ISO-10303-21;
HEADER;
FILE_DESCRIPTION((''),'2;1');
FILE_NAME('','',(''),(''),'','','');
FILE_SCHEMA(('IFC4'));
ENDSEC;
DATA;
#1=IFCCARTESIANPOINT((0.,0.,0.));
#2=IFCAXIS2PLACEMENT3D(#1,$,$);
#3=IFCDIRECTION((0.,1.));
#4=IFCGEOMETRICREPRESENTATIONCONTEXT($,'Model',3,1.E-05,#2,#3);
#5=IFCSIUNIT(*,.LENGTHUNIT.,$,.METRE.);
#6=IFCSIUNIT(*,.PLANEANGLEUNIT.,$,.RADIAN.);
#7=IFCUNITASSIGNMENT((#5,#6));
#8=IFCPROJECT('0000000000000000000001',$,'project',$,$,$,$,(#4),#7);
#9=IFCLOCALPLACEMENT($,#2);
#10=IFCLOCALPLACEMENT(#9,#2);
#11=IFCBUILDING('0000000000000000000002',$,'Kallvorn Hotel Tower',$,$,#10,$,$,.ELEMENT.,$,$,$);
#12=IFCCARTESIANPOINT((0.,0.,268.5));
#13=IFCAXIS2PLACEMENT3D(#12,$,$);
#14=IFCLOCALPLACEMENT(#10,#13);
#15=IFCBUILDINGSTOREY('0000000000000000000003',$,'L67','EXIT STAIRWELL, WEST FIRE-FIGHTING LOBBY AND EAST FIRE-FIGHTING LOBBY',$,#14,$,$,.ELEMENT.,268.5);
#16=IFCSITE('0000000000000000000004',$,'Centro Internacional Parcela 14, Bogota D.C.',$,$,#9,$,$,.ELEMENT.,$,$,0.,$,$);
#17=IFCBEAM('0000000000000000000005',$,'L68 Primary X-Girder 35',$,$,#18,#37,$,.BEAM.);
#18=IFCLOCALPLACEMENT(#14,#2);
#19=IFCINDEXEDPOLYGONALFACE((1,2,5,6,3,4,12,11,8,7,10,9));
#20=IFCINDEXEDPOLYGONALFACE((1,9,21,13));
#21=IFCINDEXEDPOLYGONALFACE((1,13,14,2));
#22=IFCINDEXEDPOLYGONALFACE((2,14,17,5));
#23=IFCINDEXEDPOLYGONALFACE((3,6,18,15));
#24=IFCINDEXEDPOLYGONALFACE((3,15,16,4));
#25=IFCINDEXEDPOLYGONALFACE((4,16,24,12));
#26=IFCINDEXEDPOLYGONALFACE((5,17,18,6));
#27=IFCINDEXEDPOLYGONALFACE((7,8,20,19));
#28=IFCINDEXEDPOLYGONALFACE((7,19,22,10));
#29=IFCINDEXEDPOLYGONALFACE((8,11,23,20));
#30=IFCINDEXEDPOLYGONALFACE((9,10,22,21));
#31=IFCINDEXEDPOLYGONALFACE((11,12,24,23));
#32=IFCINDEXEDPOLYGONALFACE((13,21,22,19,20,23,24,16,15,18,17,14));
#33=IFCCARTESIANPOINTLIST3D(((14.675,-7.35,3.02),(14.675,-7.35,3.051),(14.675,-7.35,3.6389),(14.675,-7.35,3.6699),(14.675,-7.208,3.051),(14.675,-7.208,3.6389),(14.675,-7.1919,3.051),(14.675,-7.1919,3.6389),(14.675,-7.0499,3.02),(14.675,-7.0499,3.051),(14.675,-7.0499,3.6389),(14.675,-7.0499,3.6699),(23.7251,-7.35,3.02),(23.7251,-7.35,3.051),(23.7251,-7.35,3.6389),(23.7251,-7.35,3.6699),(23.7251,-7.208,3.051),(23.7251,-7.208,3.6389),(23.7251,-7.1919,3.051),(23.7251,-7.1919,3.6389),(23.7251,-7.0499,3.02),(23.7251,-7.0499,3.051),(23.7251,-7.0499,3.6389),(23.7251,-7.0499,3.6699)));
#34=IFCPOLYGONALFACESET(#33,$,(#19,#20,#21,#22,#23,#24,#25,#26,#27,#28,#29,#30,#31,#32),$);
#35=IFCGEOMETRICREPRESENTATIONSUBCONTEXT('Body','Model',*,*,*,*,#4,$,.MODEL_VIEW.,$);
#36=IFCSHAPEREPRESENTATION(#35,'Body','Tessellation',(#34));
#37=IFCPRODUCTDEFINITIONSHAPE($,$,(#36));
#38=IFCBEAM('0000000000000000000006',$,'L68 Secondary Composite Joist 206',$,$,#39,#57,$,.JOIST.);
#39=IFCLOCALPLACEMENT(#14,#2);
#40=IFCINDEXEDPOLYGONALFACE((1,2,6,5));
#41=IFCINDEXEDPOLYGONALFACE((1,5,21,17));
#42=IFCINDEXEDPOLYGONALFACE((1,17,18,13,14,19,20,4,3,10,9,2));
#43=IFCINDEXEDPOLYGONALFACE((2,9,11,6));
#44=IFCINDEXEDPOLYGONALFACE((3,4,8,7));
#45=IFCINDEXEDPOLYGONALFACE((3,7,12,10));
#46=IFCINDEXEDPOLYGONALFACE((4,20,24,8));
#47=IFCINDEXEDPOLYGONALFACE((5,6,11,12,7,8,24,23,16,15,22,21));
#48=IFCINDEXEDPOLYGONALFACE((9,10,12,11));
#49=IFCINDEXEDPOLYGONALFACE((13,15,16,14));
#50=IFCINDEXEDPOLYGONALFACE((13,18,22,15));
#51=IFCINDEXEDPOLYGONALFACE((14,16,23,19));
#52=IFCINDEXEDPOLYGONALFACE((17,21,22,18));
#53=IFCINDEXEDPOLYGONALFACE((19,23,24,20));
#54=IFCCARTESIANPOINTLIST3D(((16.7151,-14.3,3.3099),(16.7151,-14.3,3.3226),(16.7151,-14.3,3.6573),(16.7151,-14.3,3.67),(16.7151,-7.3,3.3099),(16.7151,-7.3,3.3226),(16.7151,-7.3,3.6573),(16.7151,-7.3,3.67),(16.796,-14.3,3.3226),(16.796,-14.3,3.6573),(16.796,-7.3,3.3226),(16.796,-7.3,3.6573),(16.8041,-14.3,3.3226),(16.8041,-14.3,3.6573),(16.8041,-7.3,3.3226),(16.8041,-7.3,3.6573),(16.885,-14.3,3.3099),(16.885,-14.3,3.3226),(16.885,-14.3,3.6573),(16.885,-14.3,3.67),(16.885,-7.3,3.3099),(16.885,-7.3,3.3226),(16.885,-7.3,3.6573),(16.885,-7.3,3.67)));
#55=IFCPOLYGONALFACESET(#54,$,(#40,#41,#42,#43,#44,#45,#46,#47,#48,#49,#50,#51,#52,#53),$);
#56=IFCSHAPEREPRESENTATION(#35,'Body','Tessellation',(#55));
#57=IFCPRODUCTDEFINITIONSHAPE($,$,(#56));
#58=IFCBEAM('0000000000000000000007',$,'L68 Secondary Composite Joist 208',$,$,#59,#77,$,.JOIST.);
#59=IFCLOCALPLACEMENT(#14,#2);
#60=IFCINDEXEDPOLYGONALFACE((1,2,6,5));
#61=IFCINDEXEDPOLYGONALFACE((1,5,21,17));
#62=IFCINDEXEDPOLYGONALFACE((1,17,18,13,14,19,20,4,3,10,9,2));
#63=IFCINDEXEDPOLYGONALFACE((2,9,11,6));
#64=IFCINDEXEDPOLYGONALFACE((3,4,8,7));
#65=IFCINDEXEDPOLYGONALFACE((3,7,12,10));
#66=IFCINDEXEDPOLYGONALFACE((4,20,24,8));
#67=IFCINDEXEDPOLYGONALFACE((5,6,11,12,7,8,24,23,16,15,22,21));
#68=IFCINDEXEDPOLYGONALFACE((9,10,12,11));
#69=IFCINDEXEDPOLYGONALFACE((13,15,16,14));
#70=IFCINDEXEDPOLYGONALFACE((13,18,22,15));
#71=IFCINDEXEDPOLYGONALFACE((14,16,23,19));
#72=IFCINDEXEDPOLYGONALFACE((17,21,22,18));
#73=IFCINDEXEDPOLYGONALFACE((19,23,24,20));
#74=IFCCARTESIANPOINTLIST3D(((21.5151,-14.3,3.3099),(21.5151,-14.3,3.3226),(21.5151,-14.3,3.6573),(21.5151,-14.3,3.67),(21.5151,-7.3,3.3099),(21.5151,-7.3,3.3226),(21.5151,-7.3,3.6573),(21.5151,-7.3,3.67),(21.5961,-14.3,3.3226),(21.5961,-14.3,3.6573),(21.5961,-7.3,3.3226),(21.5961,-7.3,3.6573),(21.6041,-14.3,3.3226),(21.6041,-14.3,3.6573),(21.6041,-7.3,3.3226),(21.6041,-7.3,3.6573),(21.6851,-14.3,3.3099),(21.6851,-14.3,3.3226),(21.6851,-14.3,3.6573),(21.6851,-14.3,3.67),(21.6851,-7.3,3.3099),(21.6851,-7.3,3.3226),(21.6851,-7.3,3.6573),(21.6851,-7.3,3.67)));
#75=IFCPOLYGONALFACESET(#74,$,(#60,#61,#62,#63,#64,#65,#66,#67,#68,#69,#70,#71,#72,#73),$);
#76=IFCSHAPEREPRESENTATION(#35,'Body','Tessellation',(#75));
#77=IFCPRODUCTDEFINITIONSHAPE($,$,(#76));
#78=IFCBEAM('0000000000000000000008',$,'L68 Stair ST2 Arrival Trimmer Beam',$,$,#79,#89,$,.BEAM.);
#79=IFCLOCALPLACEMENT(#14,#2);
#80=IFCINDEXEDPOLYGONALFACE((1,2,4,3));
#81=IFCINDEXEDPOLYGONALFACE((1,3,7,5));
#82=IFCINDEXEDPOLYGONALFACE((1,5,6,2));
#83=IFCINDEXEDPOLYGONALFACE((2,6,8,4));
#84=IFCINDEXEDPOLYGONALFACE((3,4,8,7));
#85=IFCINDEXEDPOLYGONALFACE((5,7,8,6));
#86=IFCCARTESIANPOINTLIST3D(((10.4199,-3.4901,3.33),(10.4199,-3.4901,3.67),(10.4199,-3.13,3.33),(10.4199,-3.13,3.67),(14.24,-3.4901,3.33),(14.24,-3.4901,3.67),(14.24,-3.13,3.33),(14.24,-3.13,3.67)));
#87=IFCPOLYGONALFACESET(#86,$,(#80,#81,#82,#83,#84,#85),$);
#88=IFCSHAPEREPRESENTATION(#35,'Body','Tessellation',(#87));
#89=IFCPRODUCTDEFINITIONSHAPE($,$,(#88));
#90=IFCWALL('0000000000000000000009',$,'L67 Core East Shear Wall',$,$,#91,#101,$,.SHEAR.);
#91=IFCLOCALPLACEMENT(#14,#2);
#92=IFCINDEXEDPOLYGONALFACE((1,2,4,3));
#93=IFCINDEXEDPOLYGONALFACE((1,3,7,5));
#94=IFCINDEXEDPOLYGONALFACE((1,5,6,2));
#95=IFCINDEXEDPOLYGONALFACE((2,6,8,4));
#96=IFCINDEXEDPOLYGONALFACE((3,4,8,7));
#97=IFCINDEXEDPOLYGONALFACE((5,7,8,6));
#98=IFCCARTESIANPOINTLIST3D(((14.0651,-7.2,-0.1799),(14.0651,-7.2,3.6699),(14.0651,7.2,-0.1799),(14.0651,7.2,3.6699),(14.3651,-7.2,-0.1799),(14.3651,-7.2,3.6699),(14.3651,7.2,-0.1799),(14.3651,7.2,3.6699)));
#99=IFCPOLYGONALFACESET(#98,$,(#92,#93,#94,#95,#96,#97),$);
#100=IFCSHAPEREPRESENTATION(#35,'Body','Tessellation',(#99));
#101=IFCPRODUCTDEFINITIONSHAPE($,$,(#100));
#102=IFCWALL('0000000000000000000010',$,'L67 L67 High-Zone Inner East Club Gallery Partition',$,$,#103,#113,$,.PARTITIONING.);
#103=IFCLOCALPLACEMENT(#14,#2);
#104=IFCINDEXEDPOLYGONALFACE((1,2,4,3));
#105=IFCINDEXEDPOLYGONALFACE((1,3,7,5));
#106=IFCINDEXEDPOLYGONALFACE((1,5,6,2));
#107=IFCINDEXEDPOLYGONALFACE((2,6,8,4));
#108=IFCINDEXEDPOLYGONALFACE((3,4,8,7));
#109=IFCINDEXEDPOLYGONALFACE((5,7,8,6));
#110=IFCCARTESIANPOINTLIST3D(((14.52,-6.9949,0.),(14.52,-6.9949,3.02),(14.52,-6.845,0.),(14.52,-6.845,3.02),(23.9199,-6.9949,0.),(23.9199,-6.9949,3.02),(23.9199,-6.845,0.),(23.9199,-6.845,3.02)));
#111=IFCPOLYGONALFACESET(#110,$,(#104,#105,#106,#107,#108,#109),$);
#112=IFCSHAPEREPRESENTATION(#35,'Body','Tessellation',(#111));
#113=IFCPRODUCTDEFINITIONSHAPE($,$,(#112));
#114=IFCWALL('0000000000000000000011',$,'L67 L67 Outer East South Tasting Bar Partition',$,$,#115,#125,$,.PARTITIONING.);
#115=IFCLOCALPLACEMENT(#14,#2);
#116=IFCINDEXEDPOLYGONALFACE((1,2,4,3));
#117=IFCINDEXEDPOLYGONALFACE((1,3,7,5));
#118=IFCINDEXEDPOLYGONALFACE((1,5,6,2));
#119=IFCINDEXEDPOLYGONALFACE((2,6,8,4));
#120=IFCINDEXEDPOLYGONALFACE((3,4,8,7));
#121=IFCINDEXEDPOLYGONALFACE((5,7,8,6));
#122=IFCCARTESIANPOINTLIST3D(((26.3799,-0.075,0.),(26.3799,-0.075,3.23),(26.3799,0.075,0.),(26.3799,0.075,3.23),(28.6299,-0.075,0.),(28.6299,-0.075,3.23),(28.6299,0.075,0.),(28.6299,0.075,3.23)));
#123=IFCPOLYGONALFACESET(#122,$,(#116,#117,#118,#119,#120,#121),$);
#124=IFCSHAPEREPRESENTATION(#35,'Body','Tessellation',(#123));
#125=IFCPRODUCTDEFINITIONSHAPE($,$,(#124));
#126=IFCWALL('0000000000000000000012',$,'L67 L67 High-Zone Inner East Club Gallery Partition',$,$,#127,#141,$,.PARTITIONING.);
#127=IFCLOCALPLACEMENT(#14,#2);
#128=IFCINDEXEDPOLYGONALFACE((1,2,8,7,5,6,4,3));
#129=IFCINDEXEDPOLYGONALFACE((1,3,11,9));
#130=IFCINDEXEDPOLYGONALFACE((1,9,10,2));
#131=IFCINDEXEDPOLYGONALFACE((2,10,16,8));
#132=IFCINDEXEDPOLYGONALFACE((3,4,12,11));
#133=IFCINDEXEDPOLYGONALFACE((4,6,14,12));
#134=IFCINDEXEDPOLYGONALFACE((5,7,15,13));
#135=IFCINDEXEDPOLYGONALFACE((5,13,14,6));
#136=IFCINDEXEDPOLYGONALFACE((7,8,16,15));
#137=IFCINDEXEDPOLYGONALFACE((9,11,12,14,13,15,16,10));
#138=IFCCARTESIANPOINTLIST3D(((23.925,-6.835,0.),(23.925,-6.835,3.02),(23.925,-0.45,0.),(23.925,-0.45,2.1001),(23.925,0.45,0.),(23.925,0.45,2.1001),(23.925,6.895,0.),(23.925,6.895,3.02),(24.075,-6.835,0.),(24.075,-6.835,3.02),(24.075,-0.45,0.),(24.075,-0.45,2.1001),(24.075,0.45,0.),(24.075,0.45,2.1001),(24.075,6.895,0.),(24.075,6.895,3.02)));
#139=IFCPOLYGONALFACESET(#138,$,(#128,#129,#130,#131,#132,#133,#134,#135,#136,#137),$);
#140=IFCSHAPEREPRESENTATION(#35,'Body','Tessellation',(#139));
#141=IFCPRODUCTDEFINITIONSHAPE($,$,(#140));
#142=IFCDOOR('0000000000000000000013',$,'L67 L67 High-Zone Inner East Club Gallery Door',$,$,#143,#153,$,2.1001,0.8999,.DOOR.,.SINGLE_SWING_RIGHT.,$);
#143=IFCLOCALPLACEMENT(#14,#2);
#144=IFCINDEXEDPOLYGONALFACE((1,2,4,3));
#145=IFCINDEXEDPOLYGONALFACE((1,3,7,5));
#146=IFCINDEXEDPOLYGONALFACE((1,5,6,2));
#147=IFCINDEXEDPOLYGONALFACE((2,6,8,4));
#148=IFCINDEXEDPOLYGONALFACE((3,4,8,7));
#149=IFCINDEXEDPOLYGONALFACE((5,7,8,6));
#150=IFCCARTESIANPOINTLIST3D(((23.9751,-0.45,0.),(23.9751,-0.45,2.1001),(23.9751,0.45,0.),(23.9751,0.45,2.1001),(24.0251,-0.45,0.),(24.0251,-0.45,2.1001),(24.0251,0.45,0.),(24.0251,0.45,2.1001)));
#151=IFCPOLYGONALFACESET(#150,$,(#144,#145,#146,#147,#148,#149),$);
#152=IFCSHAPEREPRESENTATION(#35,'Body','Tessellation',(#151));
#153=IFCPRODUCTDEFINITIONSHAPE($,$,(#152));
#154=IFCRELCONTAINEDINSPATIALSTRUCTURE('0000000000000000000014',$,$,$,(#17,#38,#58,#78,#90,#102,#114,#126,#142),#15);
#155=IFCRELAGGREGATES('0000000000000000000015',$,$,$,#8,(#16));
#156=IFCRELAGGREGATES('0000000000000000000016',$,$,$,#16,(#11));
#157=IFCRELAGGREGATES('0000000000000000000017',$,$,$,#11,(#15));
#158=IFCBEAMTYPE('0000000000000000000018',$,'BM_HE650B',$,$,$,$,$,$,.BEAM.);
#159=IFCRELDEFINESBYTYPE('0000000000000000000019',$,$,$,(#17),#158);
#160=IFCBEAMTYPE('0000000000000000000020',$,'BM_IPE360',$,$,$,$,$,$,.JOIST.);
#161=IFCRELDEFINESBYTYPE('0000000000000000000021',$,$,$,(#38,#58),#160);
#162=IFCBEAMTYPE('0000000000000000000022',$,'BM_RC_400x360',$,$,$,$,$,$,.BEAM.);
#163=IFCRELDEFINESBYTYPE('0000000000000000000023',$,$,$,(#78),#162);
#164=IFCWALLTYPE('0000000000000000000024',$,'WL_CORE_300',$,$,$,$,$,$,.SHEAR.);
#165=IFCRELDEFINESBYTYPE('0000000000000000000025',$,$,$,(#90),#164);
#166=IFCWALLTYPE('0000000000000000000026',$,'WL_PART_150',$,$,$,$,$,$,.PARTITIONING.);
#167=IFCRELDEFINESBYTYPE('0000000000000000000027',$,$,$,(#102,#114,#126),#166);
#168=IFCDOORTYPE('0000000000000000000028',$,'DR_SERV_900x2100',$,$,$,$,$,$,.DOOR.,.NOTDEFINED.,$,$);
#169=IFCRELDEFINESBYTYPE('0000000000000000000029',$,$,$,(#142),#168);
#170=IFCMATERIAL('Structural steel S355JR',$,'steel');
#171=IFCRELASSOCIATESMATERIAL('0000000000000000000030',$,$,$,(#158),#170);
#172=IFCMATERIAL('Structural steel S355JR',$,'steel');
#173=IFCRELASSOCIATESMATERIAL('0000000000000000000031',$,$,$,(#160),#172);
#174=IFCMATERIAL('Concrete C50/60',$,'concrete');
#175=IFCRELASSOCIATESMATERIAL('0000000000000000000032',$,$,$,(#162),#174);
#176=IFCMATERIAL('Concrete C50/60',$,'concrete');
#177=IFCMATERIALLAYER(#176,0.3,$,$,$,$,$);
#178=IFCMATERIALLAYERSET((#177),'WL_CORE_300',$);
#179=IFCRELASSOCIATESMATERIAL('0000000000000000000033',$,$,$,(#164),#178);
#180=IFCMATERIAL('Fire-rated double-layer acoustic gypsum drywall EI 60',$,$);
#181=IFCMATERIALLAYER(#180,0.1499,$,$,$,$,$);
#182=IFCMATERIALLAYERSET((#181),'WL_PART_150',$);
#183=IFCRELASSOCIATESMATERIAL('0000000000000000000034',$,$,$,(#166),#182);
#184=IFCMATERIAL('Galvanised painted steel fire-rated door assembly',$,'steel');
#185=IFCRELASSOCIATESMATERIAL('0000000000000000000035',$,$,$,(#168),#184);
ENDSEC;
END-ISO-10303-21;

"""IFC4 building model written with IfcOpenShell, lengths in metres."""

from ifc_helpers import new_model, si_unit, direction, frame, frame_2d, origin, origin_2d, place, context, subcontext, project, spatial, rectangle, i_section, extrude, material, layer, layer_set, material_profile, profile_set, type_object, element, fill, save


model = new_model("IFC4")

# Units and contexts
model_context = context("Model", 3, precision=1e-05, world=origin(), true_north=direction((0.0, 1.0)))
body_context = subcontext(model_context, "Body", "Model", "MODEL_VIEW")
ifc_project = project(units=[si_unit("LENGTHUNIT", "METRE"), si_unit("PLANEANGLEUNIT", "RADIAN")], contexts=[model_context])

# Site, building, storey
site_placement = place(None, origin())
site = spatial("IfcSite", under=ifc_project, at=site_placement, Name="Centro Internacional Parcela 14, Bogota D.C.", CompositionType="ELEMENT", RefElevation=0.0)
building_placement = place(site_placement, origin())
building = spatial("IfcBuilding", under=site, at=building_placement, Name="Kallvorn Hotel Tower", CompositionType="ELEMENT")
storey_placement = place(building_placement, frame((0.0, 0.0, 268.5)))
storey = spatial("IfcBuildingStorey", under=building, at=storey_placement, Name="L67", Description="EXIT STAIRWELL, WEST FIRE-FIGHTING LOBBY AND EAST FIRE-FIGHTING LOBBY", CompositionType="ELEMENT", Elevation=268.5)

# Beams
ifc_material_1 = material(Name="Structural steel S355JR", Category="steel")
ifc_material_profile_1 = material_profile(ifc_material_1, i_section(OverallWidth=0.3, OverallDepth=0.6499, WebThickness=0.0161, FlangeThickness=0.031, at=origin_2d()), Name="HE 650 B")
ifc_profile_set_1 = profile_set([ifc_material_profile_1], Name="Structural steel S355JR")
beam_type_1 = type_object("IfcBeamType", Name="BM_HE650B", PredefinedType="BEAM", material=ifc_profile_set_1)
beam_1_placement = place(storey_placement, frame((14.675, -7.2, 3.345), z_axis=(1.0, 0.0, 0.0), x_axis=(0.0, 1.0, 0.0)))
element("IfcBeam", 1, at=beam_1_placement, inside=storey, type_object=beam_type_1, Name="L68 Primary X-Girder 35", PredefinedType="BEAM", context=body_context, shape_type="SweptSolid", body=[
    extrude(i_section(OverallWidth=0.3, OverallDepth=0.6499, WebThickness=0.0161, FlangeThickness=0.031, at=origin_2d()), origin(), (0.0, 0.0, 1.0), 9.05),
])
ifc_material_2 = material(Name="Structural steel S355JR", Category="steel")
ifc_material_profile_2 = material_profile(ifc_material_2, i_section(OverallWidth=0.1699, OverallDepth=0.3601, WebThickness=0.0081, FlangeThickness=0.0127, at=origin_2d()), Name="IPE 360")
ifc_profile_set_2 = profile_set([ifc_material_profile_2], Name="Structural steel S355JR")
beam_type_2 = type_object("IfcBeamType", Name="BM_IPE360", PredefinedType="JOIST", material=ifc_profile_set_2)
for number, where, z_axis, x_axis, name in (
    (2, (16.8, -14.3, 3.49), (0.0, 1.0, 0.0), (-1.0, 0.0, 0.0), "L68 Secondary Composite Joist 206"),
    (3, (21.6001, -14.3, 3.49), (0.0, 1.0, 0.0), (-1.0, 0.0, 0.0), "L68 Secondary Composite Joist 208"),
):
    element("IfcBeam", number, at=place(storey_placement, frame(where, z_axis=z_axis, x_axis=x_axis)), inside=storey, type_object=beam_type_2, Name=name, PredefinedType="JOIST", context=body_context, shape_type="SweptSolid", body=[
        extrude(i_section(OverallWidth=0.1699, OverallDepth=0.3601, WebThickness=0.0081, FlangeThickness=0.0127, at=origin_2d()), origin(), (0.0, 0.0, 1.0), 7.0),
    ])
ifc_material_3 = material(Name="Concrete C50/60", Category="concrete")
ifc_material_profile_3 = material_profile(ifc_material_3, rectangle(XDim=0.3601, YDim=0.3401, at=origin_2d()), Name="RC 360x340")
ifc_profile_set_3 = profile_set([ifc_material_profile_3], Name="Concrete C50/60")
beam_type_3 = type_object("IfcBeamType", Name="BM_RC_400x360", PredefinedType="BEAM", material=ifc_profile_set_3)
beam_2_placement = place(storey_placement, frame((14.24, -3.3101, 3.5), z_axis=(-1.0, 0.0, 0.0), x_axis=(0.0, -1.0, 0.0)))
element("IfcBeam", 4, at=beam_2_placement, inside=storey, type_object=beam_type_3, Name="L68 Stair ST2 Arrival Trimmer Beam", PredefinedType="BEAM", context=body_context, shape_type="SweptSolid", body=[
    extrude(rectangle(XDim=0.3601, YDim=0.3401, at=origin_2d()), origin(), (0.0, 0.0, 1.0), 3.8201),
])

# Walls
ifc_material_4 = material(Name="Concrete C50/60", Category="concrete")
ifc_layer_1 = layer(ifc_material_4, 0.3)
ifc_layer_set_1 = layer_set([ifc_layer_1], Name="WL_CORE_300")
wall_type_1 = type_object("IfcWallType", Name="WL_CORE_300", PredefinedType="SHEAR", material=ifc_layer_set_1)
wall_1_placement = place(storey_placement, frame((14.2151, -7.2, -0.1799), z_axis=(0.0, 0.0, 1.0), x_axis=(0.0, 1.0, 0.0)))
element("IfcWall", 5, at=wall_1_placement, inside=storey, type_object=wall_type_1, Name="L67 Core East Shear Wall", PredefinedType="SHEAR", context=body_context, shape_type="SweptSolid", body=[
    extrude(rectangle(XDim=14.3999, YDim=0.3, at=frame_2d((7.2, 0.0))), origin(), (0.0, 0.0, 1.0), 3.8499),
])
ifc_material_5 = material(Name="Fire-rated double-layer acoustic gypsum drywall EI 60")
ifc_layer_2 = layer(ifc_material_5, 0.1499)
ifc_layer_set_2 = layer_set([ifc_layer_2], Name="WL_PART_150")
wall_type_2 = type_object("IfcWallType", Name="WL_PART_150", PredefinedType="PARTITIONING", material=ifc_layer_set_2)
wall_2_placement = place(storey_placement, frame((14.52, -6.9199, 0.0), z_axis=(0.0, 0.0, 1.0), x_axis=(1.0, 0.0, 0.0)))
element("IfcWall", 6, at=wall_2_placement, inside=storey, type_object=wall_type_2, Name="L67 L67 High-Zone Inner East Club Gallery Partition", PredefinedType="PARTITIONING", context=body_context, shape_type="SweptSolid", body=[
    extrude(rectangle(XDim=9.3999, YDim=0.1499, at=frame_2d((4.7, 0.0))), origin(), (0.0, 0.0, 1.0), 3.02),
])
wall_3_placement = place(storey_placement, frame((26.3799, 0.0, 0.0), z_axis=(0.0, 0.0, 1.0), x_axis=(1.0, 0.0, 0.0)))
element("IfcWall", 7, at=wall_3_placement, inside=storey, type_object=wall_type_2, Name="L67 L67 Outer East South Tasting Bar Partition", PredefinedType="PARTITIONING", context=body_context, shape_type="SweptSolid", body=[
    extrude(rectangle(XDim=2.25, YDim=0.1499, at=frame_2d((1.125, 0.0))), origin(), (0.0, 0.0, 1.0), 3.23),
])

# Wall, opening, door
wall_4_placement = place(storey_placement, frame((24.0, -6.835, 0.0), z_axis=(0.0, 0.0, 1.0), x_axis=(0.0, 1.0, 0.0)))
wall_4 = element("IfcWall", 8, at=wall_4_placement, inside=storey, type_object=wall_type_2, Name="L67 L67 High-Zone Inner East Club Gallery Partition", PredefinedType="PARTITIONING", context=body_context, shape_type="SweptSolid", body=[
    extrude(rectangle(XDim=13.73, YDim=0.1499, at=frame_2d((6.865, 0.0))), origin(), (0.0, 0.0, 1.0), 3.02),
])
opening_placement = place(wall_4_placement, frame((6.385, 0.0, 0.0)))
opening = element("IfcOpeningElement", 9, at=opening_placement, cuts=wall_4, PredefinedType="OPENING", context=body_context, shape_type="SweptSolid", body=[
    extrude(rectangle(XDim=0.8999, YDim=2.1001, at=frame_2d((0.45, 1.05))), frame((0.0, 0.0898, 0.0), z_axis=(0.0, -1.0, 0.0), x_axis=(1.0, 0.0, 0.0)), (0.0, 0.0, 1.0), 0.1799),
])
ifc_material_6 = material(Name="Galvanised painted steel fire-rated door assembly", Category="steel")
door_type = type_object("IfcDoorType", Name="DR_SERV_900x2100", OperationType="NOTDEFINED", PredefinedType="DOOR", material=ifc_material_6)
door_placement = place(opening_placement, origin())
door = element("IfcDoor", 10, at=door_placement, inside=storey, type_object=door_type, Name="L67 L67 High-Zone Inner East Club Gallery Door", OperationType="SINGLE_SWING_RIGHT", OverallHeight=2.1001, OverallWidth=0.8999, PredefinedType="DOOR", context=body_context, shape_type="SweptSolid", body=[
    extrude(rectangle(XDim=0.8999, YDim=2.1001, at=frame_2d((0.45, 1.05))), frame((0.0, 0.0249, 0.0), z_axis=(0.0, -1.0, 0.0), x_axis=(1.0, 0.0, 0.0)), (0.0, 0.0, 1.0), 0.05),
])
fill(opening, door)

save(model, "model.ifc")
